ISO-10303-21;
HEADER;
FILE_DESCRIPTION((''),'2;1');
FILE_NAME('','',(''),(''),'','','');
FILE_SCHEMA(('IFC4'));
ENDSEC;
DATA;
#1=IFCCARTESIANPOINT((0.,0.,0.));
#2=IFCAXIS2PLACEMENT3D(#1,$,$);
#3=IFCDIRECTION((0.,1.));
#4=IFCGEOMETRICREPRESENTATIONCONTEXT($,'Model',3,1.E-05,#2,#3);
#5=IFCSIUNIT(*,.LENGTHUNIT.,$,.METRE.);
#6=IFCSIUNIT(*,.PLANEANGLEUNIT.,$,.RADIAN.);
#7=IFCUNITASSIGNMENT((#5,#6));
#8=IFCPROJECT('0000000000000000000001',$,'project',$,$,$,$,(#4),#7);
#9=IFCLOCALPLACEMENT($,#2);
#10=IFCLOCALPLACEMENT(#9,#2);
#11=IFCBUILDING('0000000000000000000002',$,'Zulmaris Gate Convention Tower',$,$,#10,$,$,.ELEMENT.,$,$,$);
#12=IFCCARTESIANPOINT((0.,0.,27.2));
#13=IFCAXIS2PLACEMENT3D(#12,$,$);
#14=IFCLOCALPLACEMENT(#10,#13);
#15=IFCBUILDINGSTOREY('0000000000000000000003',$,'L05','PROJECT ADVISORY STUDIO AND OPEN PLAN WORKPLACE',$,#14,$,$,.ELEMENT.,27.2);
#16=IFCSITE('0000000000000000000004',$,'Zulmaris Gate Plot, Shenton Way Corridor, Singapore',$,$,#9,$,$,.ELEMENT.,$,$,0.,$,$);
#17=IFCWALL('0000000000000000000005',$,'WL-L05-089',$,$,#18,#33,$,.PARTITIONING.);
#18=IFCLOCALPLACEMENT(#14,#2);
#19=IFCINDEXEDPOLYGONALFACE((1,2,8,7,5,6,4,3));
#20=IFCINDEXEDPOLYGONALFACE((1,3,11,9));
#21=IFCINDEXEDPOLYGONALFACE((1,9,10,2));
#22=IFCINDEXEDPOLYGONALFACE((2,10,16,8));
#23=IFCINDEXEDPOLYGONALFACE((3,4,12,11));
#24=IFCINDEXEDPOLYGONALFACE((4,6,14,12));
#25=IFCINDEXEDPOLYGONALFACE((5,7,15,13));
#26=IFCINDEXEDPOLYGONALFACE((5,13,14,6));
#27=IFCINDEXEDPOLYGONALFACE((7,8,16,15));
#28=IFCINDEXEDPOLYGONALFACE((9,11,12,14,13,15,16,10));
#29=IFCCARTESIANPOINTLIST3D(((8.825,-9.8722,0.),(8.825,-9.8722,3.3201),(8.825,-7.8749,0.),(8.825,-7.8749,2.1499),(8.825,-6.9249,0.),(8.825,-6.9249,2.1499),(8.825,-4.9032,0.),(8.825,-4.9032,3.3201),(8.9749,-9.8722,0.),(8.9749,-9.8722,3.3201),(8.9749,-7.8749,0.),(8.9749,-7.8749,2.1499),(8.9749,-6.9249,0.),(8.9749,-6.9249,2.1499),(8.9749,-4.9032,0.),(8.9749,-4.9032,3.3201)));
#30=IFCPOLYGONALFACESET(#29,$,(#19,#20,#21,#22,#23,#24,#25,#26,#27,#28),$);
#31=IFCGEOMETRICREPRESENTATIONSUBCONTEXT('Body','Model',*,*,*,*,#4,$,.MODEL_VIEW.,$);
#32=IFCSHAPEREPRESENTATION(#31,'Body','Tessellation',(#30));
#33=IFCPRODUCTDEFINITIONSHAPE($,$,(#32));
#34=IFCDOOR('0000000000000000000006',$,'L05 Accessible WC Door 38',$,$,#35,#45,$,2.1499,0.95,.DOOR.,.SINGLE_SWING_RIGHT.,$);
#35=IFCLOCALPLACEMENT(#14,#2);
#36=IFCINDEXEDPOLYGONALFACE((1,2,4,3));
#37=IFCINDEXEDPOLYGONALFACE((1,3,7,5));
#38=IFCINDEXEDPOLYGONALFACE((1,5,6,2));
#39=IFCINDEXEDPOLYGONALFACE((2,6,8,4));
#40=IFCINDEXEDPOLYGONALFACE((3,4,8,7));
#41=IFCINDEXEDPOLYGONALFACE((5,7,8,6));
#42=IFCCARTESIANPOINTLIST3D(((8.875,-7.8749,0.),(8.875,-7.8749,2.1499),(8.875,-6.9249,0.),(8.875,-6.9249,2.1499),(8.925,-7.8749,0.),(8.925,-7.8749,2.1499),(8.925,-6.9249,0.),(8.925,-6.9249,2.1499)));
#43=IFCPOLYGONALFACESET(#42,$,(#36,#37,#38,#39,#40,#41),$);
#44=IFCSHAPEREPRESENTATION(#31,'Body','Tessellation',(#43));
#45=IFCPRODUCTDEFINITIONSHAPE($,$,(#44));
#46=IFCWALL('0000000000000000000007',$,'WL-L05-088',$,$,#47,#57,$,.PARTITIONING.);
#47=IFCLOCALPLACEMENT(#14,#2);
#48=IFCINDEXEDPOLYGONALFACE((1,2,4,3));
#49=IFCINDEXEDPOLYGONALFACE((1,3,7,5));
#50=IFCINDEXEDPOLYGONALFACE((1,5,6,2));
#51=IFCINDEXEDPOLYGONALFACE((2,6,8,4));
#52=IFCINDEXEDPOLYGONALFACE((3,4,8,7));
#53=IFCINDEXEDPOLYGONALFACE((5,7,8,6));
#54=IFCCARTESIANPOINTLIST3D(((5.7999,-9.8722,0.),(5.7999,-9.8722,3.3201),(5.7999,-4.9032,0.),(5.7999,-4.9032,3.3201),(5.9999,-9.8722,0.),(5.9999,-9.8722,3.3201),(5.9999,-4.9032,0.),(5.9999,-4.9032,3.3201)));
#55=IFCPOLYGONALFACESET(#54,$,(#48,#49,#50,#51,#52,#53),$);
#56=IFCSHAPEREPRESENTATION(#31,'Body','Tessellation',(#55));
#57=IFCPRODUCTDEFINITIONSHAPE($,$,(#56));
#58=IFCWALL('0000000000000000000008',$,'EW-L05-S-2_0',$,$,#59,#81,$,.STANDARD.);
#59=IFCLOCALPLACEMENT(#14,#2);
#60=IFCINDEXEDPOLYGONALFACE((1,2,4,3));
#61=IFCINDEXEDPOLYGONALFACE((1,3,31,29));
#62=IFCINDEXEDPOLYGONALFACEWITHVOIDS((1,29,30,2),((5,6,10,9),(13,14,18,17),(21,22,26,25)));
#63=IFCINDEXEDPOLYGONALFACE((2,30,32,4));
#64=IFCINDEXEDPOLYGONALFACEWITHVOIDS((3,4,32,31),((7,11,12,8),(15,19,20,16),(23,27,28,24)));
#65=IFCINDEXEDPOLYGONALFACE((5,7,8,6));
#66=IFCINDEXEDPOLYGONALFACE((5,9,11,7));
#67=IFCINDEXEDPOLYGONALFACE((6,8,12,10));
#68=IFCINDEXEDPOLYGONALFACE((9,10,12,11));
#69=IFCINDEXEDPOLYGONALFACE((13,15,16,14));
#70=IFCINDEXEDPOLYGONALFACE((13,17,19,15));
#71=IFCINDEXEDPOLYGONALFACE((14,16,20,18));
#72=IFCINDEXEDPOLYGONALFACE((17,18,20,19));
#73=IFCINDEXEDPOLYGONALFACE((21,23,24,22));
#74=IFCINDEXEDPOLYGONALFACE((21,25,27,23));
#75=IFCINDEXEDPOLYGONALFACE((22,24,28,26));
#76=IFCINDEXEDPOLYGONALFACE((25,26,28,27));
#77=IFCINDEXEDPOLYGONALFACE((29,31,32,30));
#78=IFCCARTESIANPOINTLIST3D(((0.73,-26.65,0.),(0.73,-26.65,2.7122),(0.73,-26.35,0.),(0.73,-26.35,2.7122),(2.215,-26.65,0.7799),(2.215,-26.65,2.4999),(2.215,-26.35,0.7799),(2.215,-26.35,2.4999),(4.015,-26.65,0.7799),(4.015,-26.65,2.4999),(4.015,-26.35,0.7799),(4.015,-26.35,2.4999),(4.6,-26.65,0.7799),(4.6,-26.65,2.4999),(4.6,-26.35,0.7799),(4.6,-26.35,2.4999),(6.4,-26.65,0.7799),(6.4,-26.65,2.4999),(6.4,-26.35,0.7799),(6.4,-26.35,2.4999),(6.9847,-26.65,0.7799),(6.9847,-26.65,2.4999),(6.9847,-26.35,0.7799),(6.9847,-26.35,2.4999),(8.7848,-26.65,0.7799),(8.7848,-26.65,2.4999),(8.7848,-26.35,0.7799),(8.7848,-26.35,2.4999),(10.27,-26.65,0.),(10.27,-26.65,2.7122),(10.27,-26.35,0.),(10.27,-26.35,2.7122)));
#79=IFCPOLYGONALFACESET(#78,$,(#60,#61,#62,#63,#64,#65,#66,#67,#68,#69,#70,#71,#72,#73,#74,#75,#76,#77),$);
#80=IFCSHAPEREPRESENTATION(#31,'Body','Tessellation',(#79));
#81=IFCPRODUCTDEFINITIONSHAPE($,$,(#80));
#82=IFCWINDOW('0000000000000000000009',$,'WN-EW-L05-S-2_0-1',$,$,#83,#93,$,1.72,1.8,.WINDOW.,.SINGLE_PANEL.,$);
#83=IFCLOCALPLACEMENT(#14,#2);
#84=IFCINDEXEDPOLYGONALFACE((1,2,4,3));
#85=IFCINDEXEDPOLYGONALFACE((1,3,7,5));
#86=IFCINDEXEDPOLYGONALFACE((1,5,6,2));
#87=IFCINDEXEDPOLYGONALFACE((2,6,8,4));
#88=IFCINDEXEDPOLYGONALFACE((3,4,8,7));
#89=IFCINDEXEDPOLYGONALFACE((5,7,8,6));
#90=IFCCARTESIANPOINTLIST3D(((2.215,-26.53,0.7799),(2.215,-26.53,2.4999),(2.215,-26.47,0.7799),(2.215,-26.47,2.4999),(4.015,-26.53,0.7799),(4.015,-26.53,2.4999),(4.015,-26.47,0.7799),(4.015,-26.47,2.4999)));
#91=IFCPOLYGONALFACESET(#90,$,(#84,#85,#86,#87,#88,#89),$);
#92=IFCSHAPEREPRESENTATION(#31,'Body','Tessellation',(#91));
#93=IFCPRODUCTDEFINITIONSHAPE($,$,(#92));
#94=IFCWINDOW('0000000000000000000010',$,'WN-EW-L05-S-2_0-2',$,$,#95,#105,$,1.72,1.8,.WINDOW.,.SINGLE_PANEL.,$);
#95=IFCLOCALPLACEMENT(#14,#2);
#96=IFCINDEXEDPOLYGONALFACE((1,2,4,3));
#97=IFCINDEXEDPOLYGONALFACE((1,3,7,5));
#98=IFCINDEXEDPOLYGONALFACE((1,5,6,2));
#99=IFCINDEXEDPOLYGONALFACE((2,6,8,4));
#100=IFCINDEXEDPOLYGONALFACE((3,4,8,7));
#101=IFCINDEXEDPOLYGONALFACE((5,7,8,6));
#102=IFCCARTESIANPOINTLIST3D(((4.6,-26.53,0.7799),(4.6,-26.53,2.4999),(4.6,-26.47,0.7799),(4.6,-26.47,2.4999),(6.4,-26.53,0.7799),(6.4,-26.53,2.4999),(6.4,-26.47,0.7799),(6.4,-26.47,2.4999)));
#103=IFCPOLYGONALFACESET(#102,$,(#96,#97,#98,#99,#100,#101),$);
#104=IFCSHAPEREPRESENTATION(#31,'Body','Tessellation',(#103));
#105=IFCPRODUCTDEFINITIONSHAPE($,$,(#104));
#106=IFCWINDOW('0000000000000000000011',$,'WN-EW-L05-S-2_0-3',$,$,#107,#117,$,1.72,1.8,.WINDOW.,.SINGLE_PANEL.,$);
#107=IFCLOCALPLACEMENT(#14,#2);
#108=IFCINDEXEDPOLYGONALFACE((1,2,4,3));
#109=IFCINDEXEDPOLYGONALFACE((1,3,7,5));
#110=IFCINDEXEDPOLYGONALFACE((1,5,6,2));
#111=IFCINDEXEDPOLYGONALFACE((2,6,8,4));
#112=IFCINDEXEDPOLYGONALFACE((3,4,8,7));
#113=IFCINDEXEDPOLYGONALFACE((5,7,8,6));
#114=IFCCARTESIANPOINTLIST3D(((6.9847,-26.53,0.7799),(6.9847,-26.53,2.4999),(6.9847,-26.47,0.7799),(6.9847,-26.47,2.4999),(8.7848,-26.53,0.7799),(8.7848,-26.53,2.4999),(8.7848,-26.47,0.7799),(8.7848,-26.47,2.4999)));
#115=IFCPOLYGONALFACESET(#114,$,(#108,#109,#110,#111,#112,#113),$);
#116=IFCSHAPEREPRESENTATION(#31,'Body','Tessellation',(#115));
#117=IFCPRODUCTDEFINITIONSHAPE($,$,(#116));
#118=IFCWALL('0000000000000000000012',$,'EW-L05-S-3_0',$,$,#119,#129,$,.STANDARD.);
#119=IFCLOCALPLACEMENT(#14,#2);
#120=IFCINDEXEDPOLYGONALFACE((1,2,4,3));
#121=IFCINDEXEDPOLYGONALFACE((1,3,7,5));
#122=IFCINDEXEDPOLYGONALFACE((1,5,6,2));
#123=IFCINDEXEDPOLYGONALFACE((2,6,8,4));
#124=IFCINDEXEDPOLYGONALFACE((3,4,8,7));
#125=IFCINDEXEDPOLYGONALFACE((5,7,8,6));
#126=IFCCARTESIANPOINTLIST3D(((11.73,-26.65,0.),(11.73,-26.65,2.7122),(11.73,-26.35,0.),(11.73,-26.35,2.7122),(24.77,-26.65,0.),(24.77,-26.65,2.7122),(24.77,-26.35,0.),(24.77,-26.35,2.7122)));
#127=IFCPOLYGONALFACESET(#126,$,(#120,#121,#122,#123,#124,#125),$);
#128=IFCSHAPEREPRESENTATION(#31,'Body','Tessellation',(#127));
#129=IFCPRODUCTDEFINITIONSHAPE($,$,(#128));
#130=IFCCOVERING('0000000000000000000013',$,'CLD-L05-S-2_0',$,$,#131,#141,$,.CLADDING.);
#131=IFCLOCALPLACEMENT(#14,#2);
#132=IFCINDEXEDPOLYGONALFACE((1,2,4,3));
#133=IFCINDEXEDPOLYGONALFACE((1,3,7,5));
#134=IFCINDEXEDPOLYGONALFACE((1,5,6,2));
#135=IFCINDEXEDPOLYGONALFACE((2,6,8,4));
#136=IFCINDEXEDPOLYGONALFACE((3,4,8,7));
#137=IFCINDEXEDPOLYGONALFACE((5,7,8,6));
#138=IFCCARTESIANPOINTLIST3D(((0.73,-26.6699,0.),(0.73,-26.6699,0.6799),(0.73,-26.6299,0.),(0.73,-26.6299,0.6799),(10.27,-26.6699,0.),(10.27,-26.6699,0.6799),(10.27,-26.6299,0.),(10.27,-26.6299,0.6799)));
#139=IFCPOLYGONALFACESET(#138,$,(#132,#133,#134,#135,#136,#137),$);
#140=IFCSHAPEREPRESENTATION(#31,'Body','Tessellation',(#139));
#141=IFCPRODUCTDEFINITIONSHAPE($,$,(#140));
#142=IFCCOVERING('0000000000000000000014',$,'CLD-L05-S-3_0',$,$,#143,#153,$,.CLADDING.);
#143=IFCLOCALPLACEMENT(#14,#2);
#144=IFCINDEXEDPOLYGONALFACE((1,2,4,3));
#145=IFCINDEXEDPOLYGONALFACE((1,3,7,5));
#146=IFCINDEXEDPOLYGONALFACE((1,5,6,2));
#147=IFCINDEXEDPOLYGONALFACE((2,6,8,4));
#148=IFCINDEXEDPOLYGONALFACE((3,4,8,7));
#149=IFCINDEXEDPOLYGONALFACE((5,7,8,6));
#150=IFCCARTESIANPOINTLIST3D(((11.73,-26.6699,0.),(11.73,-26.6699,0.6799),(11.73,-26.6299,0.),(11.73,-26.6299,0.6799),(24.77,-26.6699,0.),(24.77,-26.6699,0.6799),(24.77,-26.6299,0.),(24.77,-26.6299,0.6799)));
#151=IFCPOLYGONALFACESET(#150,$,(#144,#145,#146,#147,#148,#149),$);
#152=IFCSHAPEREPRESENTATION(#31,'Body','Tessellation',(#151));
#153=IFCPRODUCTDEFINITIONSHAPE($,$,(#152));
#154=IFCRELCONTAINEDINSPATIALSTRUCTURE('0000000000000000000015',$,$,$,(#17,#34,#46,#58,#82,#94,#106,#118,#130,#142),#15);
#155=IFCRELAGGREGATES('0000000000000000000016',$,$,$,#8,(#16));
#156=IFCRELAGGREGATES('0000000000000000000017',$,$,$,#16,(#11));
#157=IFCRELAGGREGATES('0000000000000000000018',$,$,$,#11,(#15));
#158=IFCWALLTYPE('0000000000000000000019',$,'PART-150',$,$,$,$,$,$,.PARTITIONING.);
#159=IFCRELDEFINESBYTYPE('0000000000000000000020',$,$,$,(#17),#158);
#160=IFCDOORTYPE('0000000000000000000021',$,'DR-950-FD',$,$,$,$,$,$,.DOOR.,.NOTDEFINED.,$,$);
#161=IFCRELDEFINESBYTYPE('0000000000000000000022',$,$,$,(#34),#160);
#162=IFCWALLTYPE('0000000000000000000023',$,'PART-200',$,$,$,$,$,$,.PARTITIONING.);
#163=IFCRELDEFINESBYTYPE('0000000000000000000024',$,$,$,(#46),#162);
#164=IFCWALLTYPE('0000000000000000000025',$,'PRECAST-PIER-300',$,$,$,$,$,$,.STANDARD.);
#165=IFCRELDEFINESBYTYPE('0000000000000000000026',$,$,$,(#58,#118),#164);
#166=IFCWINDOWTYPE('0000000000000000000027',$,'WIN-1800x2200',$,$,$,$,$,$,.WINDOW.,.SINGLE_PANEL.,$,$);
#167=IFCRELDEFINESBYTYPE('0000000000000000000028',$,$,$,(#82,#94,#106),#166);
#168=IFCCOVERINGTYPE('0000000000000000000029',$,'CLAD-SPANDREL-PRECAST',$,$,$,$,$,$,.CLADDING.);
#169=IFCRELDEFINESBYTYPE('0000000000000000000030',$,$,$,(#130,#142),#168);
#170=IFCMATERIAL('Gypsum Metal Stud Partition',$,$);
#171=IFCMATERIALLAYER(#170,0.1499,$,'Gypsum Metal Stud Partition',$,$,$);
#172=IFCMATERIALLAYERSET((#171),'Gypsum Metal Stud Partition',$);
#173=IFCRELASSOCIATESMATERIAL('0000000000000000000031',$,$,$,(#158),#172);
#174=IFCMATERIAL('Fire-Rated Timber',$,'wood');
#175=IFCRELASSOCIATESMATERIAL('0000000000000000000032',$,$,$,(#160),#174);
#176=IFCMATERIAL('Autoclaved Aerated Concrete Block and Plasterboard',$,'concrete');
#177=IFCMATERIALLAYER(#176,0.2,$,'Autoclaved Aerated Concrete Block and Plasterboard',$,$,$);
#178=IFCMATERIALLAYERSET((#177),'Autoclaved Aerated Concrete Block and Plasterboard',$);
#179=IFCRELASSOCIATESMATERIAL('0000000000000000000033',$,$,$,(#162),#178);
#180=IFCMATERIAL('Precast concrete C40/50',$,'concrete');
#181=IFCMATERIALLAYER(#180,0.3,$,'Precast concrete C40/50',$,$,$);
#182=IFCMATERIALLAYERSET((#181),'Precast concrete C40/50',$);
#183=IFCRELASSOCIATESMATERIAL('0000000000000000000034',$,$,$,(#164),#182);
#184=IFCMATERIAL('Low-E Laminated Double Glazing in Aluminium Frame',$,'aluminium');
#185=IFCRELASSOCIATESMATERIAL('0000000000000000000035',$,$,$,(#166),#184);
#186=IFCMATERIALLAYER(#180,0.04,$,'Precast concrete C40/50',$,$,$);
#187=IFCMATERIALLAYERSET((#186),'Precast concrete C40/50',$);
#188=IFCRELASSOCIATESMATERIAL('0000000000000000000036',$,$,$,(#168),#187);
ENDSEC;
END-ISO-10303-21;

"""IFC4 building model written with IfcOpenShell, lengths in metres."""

from ifc_helpers import new_model, si_unit, direction, frame, frame_2d, origin, place, context, subcontext, project, spatial, rectangle, extrude, material, layer, layer_set, type_object, element, fill, save


model = new_model("IFC4")

# Units and contexts
model_context = context("Model", 3, precision=1e-05, world=origin(), true_north=direction((0.0, 1.0)))
body_context = subcontext(model_context, "Body", "Model", "MODEL_VIEW")
ifc_project = project(units=[si_unit("LENGTHUNIT", "METRE"), si_unit("PLANEANGLEUNIT", "RADIAN")], contexts=[model_context])

# Site, building, storey
site_placement = place(None, origin())
site = spatial("IfcSite", under=ifc_project, at=site_placement, Name="Zulmaris Gate Plot, Shenton Way Corridor, Singapore", CompositionType="ELEMENT", RefElevation=0.0)
building_placement = place(site_placement, origin())
building = spatial("IfcBuilding", under=site, at=building_placement, Name="Zulmaris Gate Convention Tower", CompositionType="ELEMENT")
storey_placement = place(building_placement, frame((0.0, 0.0, 27.2)))
storey = spatial("IfcBuildingStorey", under=building, at=storey_placement, Name="L05", Description="PROJECT ADVISORY STUDIO AND OPEN PLAN WORKPLACE", CompositionType="ELEMENT", Elevation=27.2)

# Shared definitions
ifc_material_1 = material(Name="Gypsum Metal Stud Partition")
ifc_layer_1 = layer(ifc_material_1, 0.1499, Name="Gypsum Metal Stud Partition")
ifc_layer_set_1 = layer_set([ifc_layer_1], Name="Gypsum Metal Stud Partition")
wall_type_1 = type_object("IfcWallType", Name="PART-150", PredefinedType="PARTITIONING", material=ifc_layer_set_1)

# Wall, opening, door
wall_1_placement = place(storey_placement, frame((8.8999, -9.8721, 0.0), z_axis=(0.0, 0.0, 1.0), x_axis=(0.0, 1.0, 0.0)))
wall_1 = element("IfcWall", 1, at=wall_1_placement, inside=storey, type_object=wall_type_1, Name="WL-L05-089", PredefinedType="PARTITIONING", context=body_context, shape_type="SweptSolid", body=[
    extrude(rectangle(XDim=4.969, YDim=0.1499, at=frame_2d((2.4844, 0.0))), origin(), (0.0, 0.0, 1.0), 3.3201),
])
opening_1_placement = place(wall_1_placement, frame((1.9971, 0.0, 0.0)))
opening_1 = element("IfcOpeningElement", 2, at=opening_1_placement, cuts=wall_1, PredefinedType="OPENING", context=body_context, shape_type="SweptSolid", body=[
    extrude(rectangle(XDim=0.95, YDim=2.1499, at=frame_2d((0.4751, 1.075))), frame((0.0, 0.085, 0.0), z_axis=(0.0, -1.0, 0.0), x_axis=(1.0, 0.0, 0.0)), (0.0, 0.0, 1.0), 0.1699),
])
ifc_material_2 = material(Name="Fire-Rated Timber", Category="wood")
door_type = type_object("IfcDoorType", Name="DR-950-FD", OperationType="NOTDEFINED", PredefinedType="DOOR", material=ifc_material_2)
door_placement = place(opening_1_placement, origin())
door = element("IfcDoor", 3, at=door_placement, inside=storey, type_object=door_type, Name="L05 Accessible WC Door 38", OperationType="SINGLE_SWING_RIGHT", OverallHeight=2.1499, OverallWidth=0.95, PredefinedType="DOOR", context=body_context, shape_type="SweptSolid", body=[
    extrude(rectangle(XDim=0.95, YDim=2.1499, at=frame_2d((0.4751, 1.075))), frame((0.0, 0.0249, 0.0), z_axis=(0.0, -1.0, 0.0), x_axis=(1.0, 0.0, 0.0)), (0.0, 0.0, 1.0), 0.05),
])
fill(opening_1, door)

# Wall
ifc_material_3 = material(Name="Autoclaved Aerated Concrete Block and Plasterboard", Category="concrete")
ifc_layer_2 = layer(ifc_material_3, 0.2, Name="Autoclaved Aerated Concrete Block and Plasterboard")
ifc_layer_set_2 = layer_set([ifc_layer_2], Name="Autoclaved Aerated Concrete Block and Plasterboard")
wall_type_2 = type_object("IfcWallType", Name="PART-200", PredefinedType="PARTITIONING", material=ifc_layer_set_2)
wall_2_placement = place(storey_placement, frame((5.8999, -9.8721, 0.0), z_axis=(0.0, 0.0, 1.0), x_axis=(0.0, 1.0, 0.0)))
element("IfcWall", 4, at=wall_2_placement, inside=storey, type_object=wall_type_2, Name="WL-L05-088", PredefinedType="PARTITIONING", context=body_context, shape_type="SweptSolid", body=[
    extrude(rectangle(XDim=4.969, YDim=0.2, at=frame_2d((2.4844, 0.0))), origin(), (0.0, 0.0, 1.0), 3.3201),
])

# Wall, openings, windows
ifc_material_4 = material(Name="Precast concrete C40/50", Category="concrete")
ifc_layer_3 = layer(ifc_material_4, 0.3, Name="Precast concrete C40/50")
ifc_layer_set_3 = layer_set([ifc_layer_3], Name="Precast concrete C40/50")
wall_type_3 = type_object("IfcWallType", Name="PRECAST-PIER-300", PredefinedType="STANDARD", material=ifc_layer_set_3)
wall_3_placement = place(storey_placement, frame((0.73, -26.5, 0.0), z_axis=(0.0, 0.0, 1.0), x_axis=(1.0, 0.0, 0.0)))
wall_3 = element("IfcWall", 5, at=wall_3_placement, inside=storey, type_object=wall_type_3, Name="EW-L05-S-2_0", PredefinedType="STANDARD", context=body_context, shape_type="SweptSolid", body=[
    extrude(rectangle(XDim=9.54, YDim=0.3, at=frame_2d((4.77, 0.0))), origin(), (0.0, 0.0, 1.0), 2.7122),
])
opening_2_placement = place(wall_3_placement, frame((1.4851, 0.0, 0.78)))
opening_2 = element("IfcOpeningElement", 6, at=opening_2_placement, cuts=wall_3, PredefinedType="OPENING", context=body_context, shape_type="SweptSolid", body=[
    extrude(rectangle(XDim=1.8, YDim=1.72, at=frame_2d((0.8999, 0.8599))), frame((0.0, 0.1602, 0.0), z_axis=(0.0, -1.0, 0.0), x_axis=(1.0, 0.0, 0.0)), (0.0, 0.0, 1.0), 0.3201),
])
opening_3_placement = place(wall_3_placement, frame((3.8701, 0.0, 0.78)))
opening_3 = element("IfcOpeningElement", 7, at=opening_3_placement, cuts=wall_3, PredefinedType="OPENING", context=body_context, shape_type="SweptSolid", body=[
    extrude(rectangle(XDim=1.8, YDim=1.72, at=frame_2d((0.8999, 0.8599))), frame((0.0, 0.1602, 0.0), z_axis=(0.0, -1.0, 0.0), x_axis=(1.0, 0.0, 0.0)), (0.0, 0.0, 1.0), 0.3201),
])
opening_4_placement = place(wall_3_placement, frame((6.2549, 0.0, 0.78)))
opening_4 = element("IfcOpeningElement", 8, at=opening_4_placement, cuts=wall_3, PredefinedType="OPENING", context=body_context, shape_type="SweptSolid", body=[
    extrude(rectangle(XDim=1.8, YDim=1.72, at=frame_2d((0.8999, 0.8599))), frame((0.0, 0.1602, 0.0), z_axis=(0.0, -1.0, 0.0), x_axis=(1.0, 0.0, 0.0)), (0.0, 0.0, 1.0), 0.3201),
])
ifc_material_5 = material(Name="Low-E Laminated Double Glazing in Aluminium Frame", Category="aluminium")
window_type = type_object("IfcWindowType", Name="WIN-1800x2200", PartitioningType="SINGLE_PANEL", PredefinedType="WINDOW", material=ifc_material_5)
window_1_placement = place(opening_2_placement, origin())
window_1 = element("IfcWindow", 9, at=window_1_placement, inside=storey, type_object=window_type, Name="WN-EW-L05-S-2_0-1", OverallHeight=1.72, OverallWidth=1.8, PartitioningType="SINGLE_PANEL", PredefinedType="WINDOW", context=body_context, shape_type="SweptSolid", body=[
    extrude(rectangle(XDim=1.8, YDim=1.72, at=frame_2d((0.8999, 0.8599))), frame((0.0, 0.03, 0.0), z_axis=(0.0, -1.0, 0.0), x_axis=(1.0, 0.0, 0.0)), (0.0, 0.0, 1.0), 0.0601),
])
fill(opening_2, window_1)
window_2_placement = place(opening_3_placement, origin())
window_2 = element("IfcWindow", 10, at=window_2_placement, inside=storey, type_object=window_type, Name="WN-EW-L05-S-2_0-2", OverallHeight=1.72, OverallWidth=1.8, PartitioningType="SINGLE_PANEL", PredefinedType="WINDOW", context=body_context, shape_type="SweptSolid", body=[
    extrude(rectangle(XDim=1.8, YDim=1.72, at=frame_2d((0.8999, 0.8599))), frame((0.0, 0.03, 0.0), z_axis=(0.0, -1.0, 0.0), x_axis=(1.0, 0.0, 0.0)), (0.0, 0.0, 1.0), 0.0601),
])
fill(opening_3, window_2)
window_3_placement = place(opening_4_placement, origin())
window_3 = element("IfcWindow", 11, at=window_3_placement, inside=storey, type_object=window_type, Name="WN-EW-L05-S-2_0-3", OverallHeight=1.72, OverallWidth=1.8, PartitioningType="SINGLE_PANEL", PredefinedType="WINDOW", context=body_context, shape_type="SweptSolid", body=[
    extrude(rectangle(XDim=1.8, YDim=1.72, at=frame_2d((0.8999, 0.8599))), frame((0.0, 0.03, 0.0), z_axis=(0.0, -1.0, 0.0), x_axis=(1.0, 0.0, 0.0)), (0.0, 0.0, 1.0), 0.0601),
])
fill(opening_4, window_3)

# Wall
wall_4_placement = place(storey_placement, frame((11.73, -26.5, 0.0), z_axis=(0.0, 0.0, 1.0), x_axis=(1.0, 0.0, 0.0)))
element("IfcWall", 12, at=wall_4_placement, inside=storey, type_object=wall_type_3, Name="EW-L05-S-3_0", PredefinedType="STANDARD", context=body_context, shape_type="SweptSolid", body=[
    extrude(rectangle(XDim=13.04, YDim=0.3, at=frame_2d((6.52, 0.0))), origin(), (0.0, 0.0, 1.0), 2.7122),
])

# Coverings
ifc_layer_4 = layer(ifc_material_4, 0.04, Name="Precast concrete C40/50")
ifc_layer_set_4 = layer_set([ifc_layer_4], Name="Precast concrete C40/50")
covering_type = type_object("IfcCoveringType", Name="CLAD-SPANDREL-PRECAST", PredefinedType="CLADDING", material=ifc_layer_set_4)
covering_1_placement = place(storey_placement, frame((0.73, -26.6499, 0.0), z_axis=(0.0, 0.0, 1.0), x_axis=(1.0, 0.0, 0.0)))
element("IfcCovering", 13, at=covering_1_placement, inside=storey, type_object=covering_type, Name="CLD-L05-S-2_0", PredefinedType="CLADDING", context=body_context, shape_type="SweptSolid", body=[
    extrude(rectangle(XDim=9.54, YDim=0.04, at=frame_2d((4.77, 0.0))), origin(), (0.0, 0.0, 1.0), 0.6799),
])
covering_2_placement = place(storey_placement, frame((11.73, -26.6499, 0.0), z_axis=(0.0, 0.0, 1.0), x_axis=(1.0, 0.0, 0.0)))
element("IfcCovering", 14, at=covering_2_placement, inside=storey, type_object=covering_type, Name="CLD-L05-S-3_0", PredefinedType="CLADDING", context=body_context, shape_type="SweptSolid", body=[
    extrude(rectangle(XDim=13.04, YDim=0.04, at=frame_2d((6.52, 0.0))), origin(), (0.0, 0.0, 1.0), 0.6799),
])

save(model, "model.ifc")
